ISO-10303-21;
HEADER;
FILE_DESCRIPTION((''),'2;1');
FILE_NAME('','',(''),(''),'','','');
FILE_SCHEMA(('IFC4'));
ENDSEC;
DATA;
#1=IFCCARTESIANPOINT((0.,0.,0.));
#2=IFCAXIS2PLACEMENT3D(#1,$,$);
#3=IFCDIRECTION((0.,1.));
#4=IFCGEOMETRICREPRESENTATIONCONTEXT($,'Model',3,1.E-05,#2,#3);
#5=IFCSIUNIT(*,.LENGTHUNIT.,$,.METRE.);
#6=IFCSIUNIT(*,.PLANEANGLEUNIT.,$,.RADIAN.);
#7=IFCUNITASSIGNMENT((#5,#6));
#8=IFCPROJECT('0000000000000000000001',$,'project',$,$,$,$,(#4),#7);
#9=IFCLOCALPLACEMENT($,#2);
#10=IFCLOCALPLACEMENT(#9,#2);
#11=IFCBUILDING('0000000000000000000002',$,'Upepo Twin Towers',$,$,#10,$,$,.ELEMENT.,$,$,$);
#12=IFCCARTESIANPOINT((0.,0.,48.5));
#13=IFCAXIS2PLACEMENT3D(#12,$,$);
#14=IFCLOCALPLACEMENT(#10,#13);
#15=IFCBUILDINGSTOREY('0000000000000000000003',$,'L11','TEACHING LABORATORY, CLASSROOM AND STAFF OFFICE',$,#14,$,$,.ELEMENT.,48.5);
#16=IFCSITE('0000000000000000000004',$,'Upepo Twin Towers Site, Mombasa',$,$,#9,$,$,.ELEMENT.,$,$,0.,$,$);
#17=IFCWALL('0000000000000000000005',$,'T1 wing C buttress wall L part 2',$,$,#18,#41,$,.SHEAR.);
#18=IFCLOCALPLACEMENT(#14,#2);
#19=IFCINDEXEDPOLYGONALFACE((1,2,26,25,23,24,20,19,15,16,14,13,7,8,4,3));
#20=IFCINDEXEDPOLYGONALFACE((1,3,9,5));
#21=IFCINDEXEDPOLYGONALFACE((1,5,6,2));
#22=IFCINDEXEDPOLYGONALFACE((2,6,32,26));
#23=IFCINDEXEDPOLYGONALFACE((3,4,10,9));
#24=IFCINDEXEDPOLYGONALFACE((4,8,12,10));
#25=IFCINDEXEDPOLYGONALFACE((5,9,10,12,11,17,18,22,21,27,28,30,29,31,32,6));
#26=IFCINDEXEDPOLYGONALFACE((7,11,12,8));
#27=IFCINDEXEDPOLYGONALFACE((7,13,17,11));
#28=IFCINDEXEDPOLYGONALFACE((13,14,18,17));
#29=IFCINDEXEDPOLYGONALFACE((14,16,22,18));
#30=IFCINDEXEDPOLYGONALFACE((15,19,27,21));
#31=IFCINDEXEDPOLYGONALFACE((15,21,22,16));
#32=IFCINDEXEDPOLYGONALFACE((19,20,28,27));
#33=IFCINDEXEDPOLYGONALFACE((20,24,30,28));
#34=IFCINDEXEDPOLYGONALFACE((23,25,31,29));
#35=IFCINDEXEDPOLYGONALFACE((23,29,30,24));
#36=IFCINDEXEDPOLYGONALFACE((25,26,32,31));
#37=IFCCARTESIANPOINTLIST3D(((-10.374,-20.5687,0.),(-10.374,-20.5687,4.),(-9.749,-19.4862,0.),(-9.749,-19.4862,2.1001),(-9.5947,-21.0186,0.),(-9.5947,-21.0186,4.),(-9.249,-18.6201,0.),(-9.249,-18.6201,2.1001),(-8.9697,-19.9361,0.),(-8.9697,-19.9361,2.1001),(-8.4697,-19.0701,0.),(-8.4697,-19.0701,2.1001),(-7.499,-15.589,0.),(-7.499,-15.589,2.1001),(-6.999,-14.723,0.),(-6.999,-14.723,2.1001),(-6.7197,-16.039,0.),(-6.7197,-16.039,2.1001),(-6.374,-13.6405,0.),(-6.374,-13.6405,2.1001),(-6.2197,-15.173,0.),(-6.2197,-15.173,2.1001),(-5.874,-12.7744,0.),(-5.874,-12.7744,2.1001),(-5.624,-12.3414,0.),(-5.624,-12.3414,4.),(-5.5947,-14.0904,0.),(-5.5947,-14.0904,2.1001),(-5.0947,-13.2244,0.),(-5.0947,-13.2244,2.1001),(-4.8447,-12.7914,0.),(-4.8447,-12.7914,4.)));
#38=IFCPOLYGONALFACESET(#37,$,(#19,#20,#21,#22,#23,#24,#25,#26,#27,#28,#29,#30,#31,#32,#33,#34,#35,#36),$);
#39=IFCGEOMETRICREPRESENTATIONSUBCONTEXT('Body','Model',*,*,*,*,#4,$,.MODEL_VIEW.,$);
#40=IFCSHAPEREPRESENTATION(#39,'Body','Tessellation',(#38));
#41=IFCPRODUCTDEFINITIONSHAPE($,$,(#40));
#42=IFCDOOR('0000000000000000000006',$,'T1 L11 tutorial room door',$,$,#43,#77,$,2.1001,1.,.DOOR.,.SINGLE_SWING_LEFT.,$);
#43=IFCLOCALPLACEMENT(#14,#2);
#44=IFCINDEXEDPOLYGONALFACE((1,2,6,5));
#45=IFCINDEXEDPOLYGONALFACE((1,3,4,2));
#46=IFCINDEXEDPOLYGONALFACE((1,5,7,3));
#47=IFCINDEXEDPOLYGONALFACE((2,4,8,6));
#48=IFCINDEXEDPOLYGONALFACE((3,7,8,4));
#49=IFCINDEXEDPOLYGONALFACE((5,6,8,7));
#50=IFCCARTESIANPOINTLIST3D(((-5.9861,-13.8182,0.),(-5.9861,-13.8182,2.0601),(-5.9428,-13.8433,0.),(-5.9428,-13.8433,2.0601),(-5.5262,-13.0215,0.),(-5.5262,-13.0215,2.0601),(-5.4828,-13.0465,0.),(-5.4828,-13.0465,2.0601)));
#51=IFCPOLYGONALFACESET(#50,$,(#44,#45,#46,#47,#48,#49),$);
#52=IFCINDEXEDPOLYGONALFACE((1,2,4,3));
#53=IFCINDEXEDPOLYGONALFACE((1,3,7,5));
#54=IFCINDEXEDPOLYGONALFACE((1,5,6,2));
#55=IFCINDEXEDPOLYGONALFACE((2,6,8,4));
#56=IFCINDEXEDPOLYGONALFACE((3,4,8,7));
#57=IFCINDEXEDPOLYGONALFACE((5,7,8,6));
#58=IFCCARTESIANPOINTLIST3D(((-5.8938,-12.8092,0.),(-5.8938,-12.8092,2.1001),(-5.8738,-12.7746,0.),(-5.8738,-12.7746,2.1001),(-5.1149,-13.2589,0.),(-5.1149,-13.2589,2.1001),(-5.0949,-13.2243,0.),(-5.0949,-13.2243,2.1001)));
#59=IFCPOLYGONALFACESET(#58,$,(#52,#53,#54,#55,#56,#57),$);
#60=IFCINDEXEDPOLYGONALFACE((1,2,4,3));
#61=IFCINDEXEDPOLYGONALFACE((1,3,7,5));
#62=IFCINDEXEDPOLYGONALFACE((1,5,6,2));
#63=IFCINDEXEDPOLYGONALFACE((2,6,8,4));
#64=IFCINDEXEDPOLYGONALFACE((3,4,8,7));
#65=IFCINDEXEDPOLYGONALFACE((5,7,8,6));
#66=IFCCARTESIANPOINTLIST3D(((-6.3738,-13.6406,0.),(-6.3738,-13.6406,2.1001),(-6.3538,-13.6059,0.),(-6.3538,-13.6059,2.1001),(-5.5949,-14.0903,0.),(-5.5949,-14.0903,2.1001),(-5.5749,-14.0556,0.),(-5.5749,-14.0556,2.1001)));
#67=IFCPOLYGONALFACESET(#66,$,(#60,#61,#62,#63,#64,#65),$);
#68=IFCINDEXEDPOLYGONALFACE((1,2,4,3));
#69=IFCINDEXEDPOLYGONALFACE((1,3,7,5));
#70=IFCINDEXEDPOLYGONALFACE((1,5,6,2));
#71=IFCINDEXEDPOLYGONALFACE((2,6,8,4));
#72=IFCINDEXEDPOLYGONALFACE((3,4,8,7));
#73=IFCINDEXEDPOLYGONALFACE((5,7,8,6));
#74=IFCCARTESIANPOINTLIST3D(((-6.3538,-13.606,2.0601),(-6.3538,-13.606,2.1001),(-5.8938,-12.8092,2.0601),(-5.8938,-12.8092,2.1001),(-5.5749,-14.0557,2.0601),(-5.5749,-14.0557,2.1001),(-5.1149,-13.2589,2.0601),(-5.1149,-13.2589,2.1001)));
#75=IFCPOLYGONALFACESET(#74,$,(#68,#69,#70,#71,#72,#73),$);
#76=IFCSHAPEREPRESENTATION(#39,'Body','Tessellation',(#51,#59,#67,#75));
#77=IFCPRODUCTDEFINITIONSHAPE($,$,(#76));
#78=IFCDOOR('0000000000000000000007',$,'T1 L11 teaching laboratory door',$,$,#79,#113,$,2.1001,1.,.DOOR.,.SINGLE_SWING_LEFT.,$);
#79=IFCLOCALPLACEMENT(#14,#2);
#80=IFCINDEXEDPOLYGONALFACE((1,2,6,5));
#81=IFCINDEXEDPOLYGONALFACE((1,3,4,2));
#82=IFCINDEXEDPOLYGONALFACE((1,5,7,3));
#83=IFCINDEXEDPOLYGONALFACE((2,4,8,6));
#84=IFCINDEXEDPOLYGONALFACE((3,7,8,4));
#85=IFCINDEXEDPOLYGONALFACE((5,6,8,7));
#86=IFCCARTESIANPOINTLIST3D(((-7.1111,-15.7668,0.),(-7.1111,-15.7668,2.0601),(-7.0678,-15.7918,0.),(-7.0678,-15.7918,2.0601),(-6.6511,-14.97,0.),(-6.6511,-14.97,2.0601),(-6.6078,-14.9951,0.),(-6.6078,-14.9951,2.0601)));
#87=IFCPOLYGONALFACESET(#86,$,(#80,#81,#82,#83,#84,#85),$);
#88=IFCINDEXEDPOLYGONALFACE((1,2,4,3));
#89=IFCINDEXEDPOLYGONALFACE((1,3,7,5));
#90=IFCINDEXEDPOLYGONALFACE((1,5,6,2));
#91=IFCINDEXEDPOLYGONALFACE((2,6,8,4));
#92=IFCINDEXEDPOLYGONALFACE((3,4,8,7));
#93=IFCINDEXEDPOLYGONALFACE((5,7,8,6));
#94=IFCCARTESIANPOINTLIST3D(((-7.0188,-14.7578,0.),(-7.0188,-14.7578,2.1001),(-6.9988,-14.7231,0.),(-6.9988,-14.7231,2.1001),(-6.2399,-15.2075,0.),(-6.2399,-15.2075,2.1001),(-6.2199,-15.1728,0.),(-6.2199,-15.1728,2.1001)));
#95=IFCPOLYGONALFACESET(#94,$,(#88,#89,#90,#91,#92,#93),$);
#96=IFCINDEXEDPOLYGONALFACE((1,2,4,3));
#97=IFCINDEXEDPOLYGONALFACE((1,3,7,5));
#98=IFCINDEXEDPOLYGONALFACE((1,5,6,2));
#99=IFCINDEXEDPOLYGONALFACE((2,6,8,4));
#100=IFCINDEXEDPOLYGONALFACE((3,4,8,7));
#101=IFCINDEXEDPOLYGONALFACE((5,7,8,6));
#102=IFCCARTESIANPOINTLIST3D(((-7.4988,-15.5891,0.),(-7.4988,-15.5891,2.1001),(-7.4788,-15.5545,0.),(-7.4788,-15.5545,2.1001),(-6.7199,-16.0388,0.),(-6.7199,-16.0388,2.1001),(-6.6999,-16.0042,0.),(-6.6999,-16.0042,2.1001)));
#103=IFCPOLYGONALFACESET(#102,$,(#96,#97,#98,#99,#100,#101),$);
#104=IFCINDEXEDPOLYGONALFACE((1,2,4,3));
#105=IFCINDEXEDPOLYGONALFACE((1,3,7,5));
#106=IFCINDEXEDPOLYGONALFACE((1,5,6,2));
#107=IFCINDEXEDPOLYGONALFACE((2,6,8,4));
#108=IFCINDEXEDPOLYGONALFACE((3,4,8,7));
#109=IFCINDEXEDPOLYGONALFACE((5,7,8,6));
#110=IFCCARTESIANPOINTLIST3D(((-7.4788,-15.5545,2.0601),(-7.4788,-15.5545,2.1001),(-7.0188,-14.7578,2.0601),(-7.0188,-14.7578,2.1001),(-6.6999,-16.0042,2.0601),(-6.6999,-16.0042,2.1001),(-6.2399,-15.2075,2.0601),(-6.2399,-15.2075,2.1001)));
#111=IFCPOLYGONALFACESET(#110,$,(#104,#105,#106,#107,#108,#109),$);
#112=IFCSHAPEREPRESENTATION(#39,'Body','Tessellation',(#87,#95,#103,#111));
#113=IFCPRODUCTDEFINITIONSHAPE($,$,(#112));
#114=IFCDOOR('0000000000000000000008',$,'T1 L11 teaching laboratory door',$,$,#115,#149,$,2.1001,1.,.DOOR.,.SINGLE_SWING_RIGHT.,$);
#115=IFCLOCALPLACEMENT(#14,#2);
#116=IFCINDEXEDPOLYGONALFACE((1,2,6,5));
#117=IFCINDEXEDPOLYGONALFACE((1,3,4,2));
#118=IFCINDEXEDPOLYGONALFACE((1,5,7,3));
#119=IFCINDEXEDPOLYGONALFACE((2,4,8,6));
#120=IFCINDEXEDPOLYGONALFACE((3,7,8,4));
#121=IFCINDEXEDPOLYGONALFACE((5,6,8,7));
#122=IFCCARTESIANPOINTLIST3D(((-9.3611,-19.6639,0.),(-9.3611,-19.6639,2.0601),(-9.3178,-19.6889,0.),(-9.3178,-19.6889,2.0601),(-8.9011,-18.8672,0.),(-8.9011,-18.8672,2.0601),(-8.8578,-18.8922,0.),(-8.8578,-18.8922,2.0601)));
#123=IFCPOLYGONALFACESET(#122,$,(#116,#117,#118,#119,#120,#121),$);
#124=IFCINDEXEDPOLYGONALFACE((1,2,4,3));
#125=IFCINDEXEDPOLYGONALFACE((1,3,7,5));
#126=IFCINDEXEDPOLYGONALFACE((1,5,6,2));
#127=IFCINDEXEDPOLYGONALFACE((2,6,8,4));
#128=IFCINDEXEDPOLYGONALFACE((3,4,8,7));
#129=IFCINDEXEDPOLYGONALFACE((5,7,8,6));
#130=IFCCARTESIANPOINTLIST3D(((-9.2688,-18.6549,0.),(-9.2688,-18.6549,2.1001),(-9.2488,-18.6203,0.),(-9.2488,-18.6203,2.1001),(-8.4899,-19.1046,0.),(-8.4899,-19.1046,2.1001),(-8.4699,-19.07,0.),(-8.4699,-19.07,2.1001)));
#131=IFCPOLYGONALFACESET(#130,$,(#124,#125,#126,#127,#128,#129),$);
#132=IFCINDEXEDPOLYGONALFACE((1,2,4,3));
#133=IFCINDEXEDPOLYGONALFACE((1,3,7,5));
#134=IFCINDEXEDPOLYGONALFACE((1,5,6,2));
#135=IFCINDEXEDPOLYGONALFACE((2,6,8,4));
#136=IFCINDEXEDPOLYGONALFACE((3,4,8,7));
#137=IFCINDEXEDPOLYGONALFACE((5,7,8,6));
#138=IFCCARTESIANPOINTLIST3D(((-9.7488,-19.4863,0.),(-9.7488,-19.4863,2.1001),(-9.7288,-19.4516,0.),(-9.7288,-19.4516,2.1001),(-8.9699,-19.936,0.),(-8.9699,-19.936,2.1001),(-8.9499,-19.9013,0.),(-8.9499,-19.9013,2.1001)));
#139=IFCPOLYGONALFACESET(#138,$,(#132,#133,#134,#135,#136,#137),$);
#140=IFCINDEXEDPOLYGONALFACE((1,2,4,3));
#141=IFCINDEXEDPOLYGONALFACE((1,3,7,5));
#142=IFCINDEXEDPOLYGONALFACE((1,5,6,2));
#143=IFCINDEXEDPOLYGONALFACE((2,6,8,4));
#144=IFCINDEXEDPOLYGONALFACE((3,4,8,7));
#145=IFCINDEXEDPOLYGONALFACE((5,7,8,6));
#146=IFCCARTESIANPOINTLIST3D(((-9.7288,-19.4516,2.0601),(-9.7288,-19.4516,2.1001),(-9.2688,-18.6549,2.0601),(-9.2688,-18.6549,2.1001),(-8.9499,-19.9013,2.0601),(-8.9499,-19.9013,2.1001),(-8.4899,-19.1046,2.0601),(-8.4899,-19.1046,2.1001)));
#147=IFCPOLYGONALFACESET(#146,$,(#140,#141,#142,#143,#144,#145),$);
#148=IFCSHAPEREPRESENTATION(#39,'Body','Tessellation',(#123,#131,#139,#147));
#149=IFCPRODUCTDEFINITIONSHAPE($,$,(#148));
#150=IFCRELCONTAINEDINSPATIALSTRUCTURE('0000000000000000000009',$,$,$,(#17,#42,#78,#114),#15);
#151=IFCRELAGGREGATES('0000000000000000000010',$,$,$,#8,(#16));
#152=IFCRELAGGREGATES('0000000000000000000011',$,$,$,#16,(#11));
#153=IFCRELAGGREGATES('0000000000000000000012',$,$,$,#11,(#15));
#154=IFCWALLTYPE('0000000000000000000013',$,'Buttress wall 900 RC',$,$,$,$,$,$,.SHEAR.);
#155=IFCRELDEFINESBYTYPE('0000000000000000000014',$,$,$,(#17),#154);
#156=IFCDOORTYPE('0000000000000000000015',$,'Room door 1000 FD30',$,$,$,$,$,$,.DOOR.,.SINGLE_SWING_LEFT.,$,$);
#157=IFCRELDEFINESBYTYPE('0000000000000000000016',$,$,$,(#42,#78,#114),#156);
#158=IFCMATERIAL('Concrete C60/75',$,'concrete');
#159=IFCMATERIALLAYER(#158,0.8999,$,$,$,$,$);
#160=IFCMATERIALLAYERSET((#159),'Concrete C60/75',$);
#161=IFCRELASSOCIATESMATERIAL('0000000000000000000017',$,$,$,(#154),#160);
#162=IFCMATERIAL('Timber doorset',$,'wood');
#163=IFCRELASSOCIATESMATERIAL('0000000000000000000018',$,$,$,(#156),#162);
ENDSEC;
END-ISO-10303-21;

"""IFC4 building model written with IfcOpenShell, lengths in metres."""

from ifc_helpers import new_model, si_unit, direction, frame, frame_2d, origin, place, context, subcontext, project, spatial, rectangle, extrude, material, layer, layer_set, type_object, element, fill, save


model = new_model("IFC4")

# Units and contexts
model_context = context("Model", 3, precision=1e-05, world=origin(), true_north=direction((0.0, 1.0)))
body_context = subcontext(model_context, "Body", "Model", "MODEL_VIEW")
ifc_project = project(units=[si_unit("LENGTHUNIT", "METRE"), si_unit("PLANEANGLEUNIT", "RADIAN")], contexts=[model_context])

# Site, building, storey
site_placement = place(None, origin())
site = spatial("IfcSite", under=ifc_project, at=site_placement, Name="Upepo Twin Towers Site, Mombasa", CompositionType="ELEMENT", RefElevation=0.0)
building_placement = place(site_placement, origin())
building = spatial("IfcBuilding", under=site, at=building_placement, Name="Upepo Twin Towers", CompositionType="ELEMENT")
storey_placement = place(building_placement, frame((0.0, 0.0, 48.5)))
storey = spatial("IfcBuildingStorey", under=building, at=storey_placement, Name="L11", Description="TEACHING LABORATORY, CLASSROOM AND STAFF OFFICE", CompositionType="ELEMENT", Elevation=48.5)

# Wall, openings, doors
ifc_material_1 = material(Name="Concrete C60/75", Category="concrete")
ifc_layer_1 = layer(ifc_material_1, 0.8999)
ifc_layer_set_1 = layer_set([ifc_layer_1], Name="Concrete C60/75")
wall_type_1 = type_object("IfcWallType", Name="Buttress wall 900 RC", PredefinedType="SHEAR", material=ifc_layer_set_1)
wall_1_placement = place(storey_placement, frame((-5.2344, -12.5664, 0.0), z_axis=(0.0, 0.0, 1.0), x_axis=(-0.499998, -0.866027, 0.0)))
wall_1 = element("IfcWall", 1, at=wall_1_placement, inside=storey, type_object=wall_type_1, Name="T1 wing C buttress wall L part 2", PredefinedType="SHEAR", context=body_context, shape_type="SweptSolid", body=[
    extrude(rectangle(XDim=9.5, YDim=0.8999, at=frame_2d((4.75, 0.0))), origin(), (0.0, 0.0, 1.0), 4.0),
])
opening_1_placement = place(wall_1_placement, frame((0.5, 0.0, 0.0)))
opening_1 = element("IfcOpeningElement", 2, at=opening_1_placement, cuts=wall_1, PredefinedType="OPENING", context=body_context, shape_type="SweptSolid", body=[
    extrude(rectangle(XDim=1.0, YDim=2.1001, at=frame_2d((0.5, 1.05))), frame((0.0, 0.46, 0.0), z_axis=(0.0, -1.0, 0.0), x_axis=(1.0, 0.0, 0.0)), (0.0, 0.0, 1.0), 0.9199),
])
opening_2_placement = place(wall_1_placement, frame((2.75, 0.0, 0.0)))
opening_2 = element("IfcOpeningElement", 3, at=opening_2_placement, cuts=wall_1, PredefinedType="OPENING", context=body_context, shape_type="SweptSolid", body=[
    extrude(rectangle(XDim=1.0, YDim=2.1001, at=frame_2d((0.5, 1.05))), frame((0.0, 0.46, 0.0), z_axis=(0.0, -1.0, 0.0), x_axis=(1.0, 0.0, 0.0)), (0.0, 0.0, 1.0), 0.9199),
])
opening_3_placement = place(wall_1_placement, frame((7.25, 0.0, 0.0)))
opening_3 = element("IfcOpeningElement", 4, at=opening_3_placement, cuts=wall_1, PredefinedType="OPENING", context=body_context, shape_type="SweptSolid", body=[
    extrude(rectangle(XDim=1.0, YDim=2.1001, at=frame_2d((0.5, 1.05))), frame((0.0, 0.46, 0.0), z_axis=(0.0, -1.0, 0.0), x_axis=(1.0, 0.0, 0.0)), (0.0, 0.0, 1.0), 0.9199),
])
ifc_material_2 = material(Name="Timber doorset", Category="wood")
door_type = type_object("IfcDoorType", Name="Room door 1000 FD30", OperationType="SINGLE_SWING_LEFT", PredefinedType="DOOR", material=ifc_material_2)
door_1_placement = place(opening_1_placement, origin())
door_1 = element("IfcDoor", 5, at=door_1_placement, inside=storey, type_object=door_type, Name="T1 L11 tutorial room door", OperationType="SINGLE_SWING_LEFT", OverallHeight=2.1001, OverallWidth=1.0, PredefinedType="DOOR", context=body_context, shape_type="SweptSolid", body=[
    extrude(rectangle(XDim=0.92, YDim=2.0601, at=frame_2d((0.5, 1.03))), frame((0.0, 0.0249, 0.0), z_axis=(0.0, -1.0, 0.0), x_axis=(1.0, 0.0, 0.0)), (0.0, 0.0, 1.0), 0.05),
    extrude(rectangle(XDim=0.04, YDim=2.1001, at=frame_2d((0.02, 1.05))), frame((0.0, 0.4497, 0.0), z_axis=(0.0, -1.0, 0.0), x_axis=(1.0, 0.0, 0.0)), (0.0, 0.0, 1.0), 0.8994),
    extrude(rectangle(XDim=0.04, YDim=2.1001, at=frame_2d((0.98, 1.05))), frame((0.0, 0.4497, 0.0), z_axis=(0.0, -1.0, 0.0), x_axis=(1.0, 0.0, 0.0)), (0.0, 0.0, 1.0), 0.8994),
    extrude(rectangle(XDim=0.92, YDim=0.04, at=frame_2d((0.5, 2.0801))), frame((0.0, 0.4497, 0.0), z_axis=(0.0, -1.0, 0.0), x_axis=(1.0, 0.0, 0.0)), (0.0, 0.0, 1.0), 0.8994),
])
fill(opening_1, door_1)
door_2_placement = place(opening_2_placement, origin())
door_2 = element("IfcDoor", 6, at=door_2_placement, inside=storey, type_object=door_type, Name="T1 L11 teaching laboratory door", OperationType="SINGLE_SWING_LEFT", OverallHeight=2.1001, OverallWidth=1.0, PredefinedType="DOOR", context=body_context, shape_type="SweptSolid", body=[
    extrude(rectangle(XDim=0.92, YDim=2.0601, at=frame_2d((0.5, 1.03))), frame((0.0, 0.0249, 0.0), z_axis=(0.0, -1.0, 0.0), x_axis=(1.0, 0.0, 0.0)), (0.0, 0.0, 1.0), 0.05),
    extrude(rectangle(XDim=0.04, YDim=2.1001, at=frame_2d((0.02, 1.05))), frame((0.0, 0.4497, 0.0), z_axis=(0.0, -1.0, 0.0), x_axis=(1.0, 0.0, 0.0)), (0.0, 0.0, 1.0), 0.8994),
    extrude(rectangle(XDim=0.04, YDim=2.1001, at=frame_2d((0.98, 1.05))), frame((0.0, 0.4497, 0.0), z_axis=(0.0, -1.0, 0.0), x_axis=(1.0, 0.0, 0.0)), (0.0, 0.0, 1.0), 0.8994),
    extrude(rectangle(XDim=0.92, YDim=0.04, at=frame_2d((0.5, 2.0801))), frame((0.0, 0.4497, 0.0), z_axis=(0.0, -1.0, 0.0), x_axis=(1.0, 0.0, 0.0)), (0.0, 0.0, 1.0), 0.8994),
])
fill(opening_2, door_2)
door_3_placement = place(opening_3_placement, origin())
door_3 = element("IfcDoor", 7, at=door_3_placement, inside=storey, type_object=door_type, Name="T1 L11 teaching laboratory door", OperationType="SINGLE_SWING_RIGHT", OverallHeight=2.1001, OverallWidth=1.0, PredefinedType="DOOR", context=body_context, shape_type="SweptSolid", body=[
    extrude(rectangle(XDim=0.92, YDim=2.0601, at=frame_2d((0.5, 1.03))), frame((0.0, 0.0249, 0.0), z_axis=(0.0, -1.0, 0.0), x_axis=(1.0, 0.0, 0.0)), (0.0, 0.0, 1.0), 0.05),
    extrude(rectangle(XDim=0.04, YDim=2.1001, at=frame_2d((0.02, 1.05))), frame((0.0, 0.4497, 0.0), z_axis=(0.0, -1.0, 0.0), x_axis=(1.0, 0.0, 0.0)), (0.0, 0.0, 1.0), 0.8994),
    extrude(rectangle(XDim=0.04, YDim=2.1001, at=frame_2d((0.98, 1.05))), frame((0.0, 0.4497, 0.0), z_axis=(0.0, -1.0, 0.0), x_axis=(1.0, 0.0, 0.0)), (0.0, 0.0, 1.0), 0.8994),
    extrude(rectangle(XDim=0.92, YDim=0.04, at=frame_2d((0.5, 2.0801))), frame((0.0, 0.4497, 0.0), z_axis=(0.0, -1.0, 0.0), x_axis=(1.0, 0.0, 0.0)), (0.0, 0.0, 1.0), 0.8994),
])
fill(opening_3, door_3)

save(model, "model.ifc")
